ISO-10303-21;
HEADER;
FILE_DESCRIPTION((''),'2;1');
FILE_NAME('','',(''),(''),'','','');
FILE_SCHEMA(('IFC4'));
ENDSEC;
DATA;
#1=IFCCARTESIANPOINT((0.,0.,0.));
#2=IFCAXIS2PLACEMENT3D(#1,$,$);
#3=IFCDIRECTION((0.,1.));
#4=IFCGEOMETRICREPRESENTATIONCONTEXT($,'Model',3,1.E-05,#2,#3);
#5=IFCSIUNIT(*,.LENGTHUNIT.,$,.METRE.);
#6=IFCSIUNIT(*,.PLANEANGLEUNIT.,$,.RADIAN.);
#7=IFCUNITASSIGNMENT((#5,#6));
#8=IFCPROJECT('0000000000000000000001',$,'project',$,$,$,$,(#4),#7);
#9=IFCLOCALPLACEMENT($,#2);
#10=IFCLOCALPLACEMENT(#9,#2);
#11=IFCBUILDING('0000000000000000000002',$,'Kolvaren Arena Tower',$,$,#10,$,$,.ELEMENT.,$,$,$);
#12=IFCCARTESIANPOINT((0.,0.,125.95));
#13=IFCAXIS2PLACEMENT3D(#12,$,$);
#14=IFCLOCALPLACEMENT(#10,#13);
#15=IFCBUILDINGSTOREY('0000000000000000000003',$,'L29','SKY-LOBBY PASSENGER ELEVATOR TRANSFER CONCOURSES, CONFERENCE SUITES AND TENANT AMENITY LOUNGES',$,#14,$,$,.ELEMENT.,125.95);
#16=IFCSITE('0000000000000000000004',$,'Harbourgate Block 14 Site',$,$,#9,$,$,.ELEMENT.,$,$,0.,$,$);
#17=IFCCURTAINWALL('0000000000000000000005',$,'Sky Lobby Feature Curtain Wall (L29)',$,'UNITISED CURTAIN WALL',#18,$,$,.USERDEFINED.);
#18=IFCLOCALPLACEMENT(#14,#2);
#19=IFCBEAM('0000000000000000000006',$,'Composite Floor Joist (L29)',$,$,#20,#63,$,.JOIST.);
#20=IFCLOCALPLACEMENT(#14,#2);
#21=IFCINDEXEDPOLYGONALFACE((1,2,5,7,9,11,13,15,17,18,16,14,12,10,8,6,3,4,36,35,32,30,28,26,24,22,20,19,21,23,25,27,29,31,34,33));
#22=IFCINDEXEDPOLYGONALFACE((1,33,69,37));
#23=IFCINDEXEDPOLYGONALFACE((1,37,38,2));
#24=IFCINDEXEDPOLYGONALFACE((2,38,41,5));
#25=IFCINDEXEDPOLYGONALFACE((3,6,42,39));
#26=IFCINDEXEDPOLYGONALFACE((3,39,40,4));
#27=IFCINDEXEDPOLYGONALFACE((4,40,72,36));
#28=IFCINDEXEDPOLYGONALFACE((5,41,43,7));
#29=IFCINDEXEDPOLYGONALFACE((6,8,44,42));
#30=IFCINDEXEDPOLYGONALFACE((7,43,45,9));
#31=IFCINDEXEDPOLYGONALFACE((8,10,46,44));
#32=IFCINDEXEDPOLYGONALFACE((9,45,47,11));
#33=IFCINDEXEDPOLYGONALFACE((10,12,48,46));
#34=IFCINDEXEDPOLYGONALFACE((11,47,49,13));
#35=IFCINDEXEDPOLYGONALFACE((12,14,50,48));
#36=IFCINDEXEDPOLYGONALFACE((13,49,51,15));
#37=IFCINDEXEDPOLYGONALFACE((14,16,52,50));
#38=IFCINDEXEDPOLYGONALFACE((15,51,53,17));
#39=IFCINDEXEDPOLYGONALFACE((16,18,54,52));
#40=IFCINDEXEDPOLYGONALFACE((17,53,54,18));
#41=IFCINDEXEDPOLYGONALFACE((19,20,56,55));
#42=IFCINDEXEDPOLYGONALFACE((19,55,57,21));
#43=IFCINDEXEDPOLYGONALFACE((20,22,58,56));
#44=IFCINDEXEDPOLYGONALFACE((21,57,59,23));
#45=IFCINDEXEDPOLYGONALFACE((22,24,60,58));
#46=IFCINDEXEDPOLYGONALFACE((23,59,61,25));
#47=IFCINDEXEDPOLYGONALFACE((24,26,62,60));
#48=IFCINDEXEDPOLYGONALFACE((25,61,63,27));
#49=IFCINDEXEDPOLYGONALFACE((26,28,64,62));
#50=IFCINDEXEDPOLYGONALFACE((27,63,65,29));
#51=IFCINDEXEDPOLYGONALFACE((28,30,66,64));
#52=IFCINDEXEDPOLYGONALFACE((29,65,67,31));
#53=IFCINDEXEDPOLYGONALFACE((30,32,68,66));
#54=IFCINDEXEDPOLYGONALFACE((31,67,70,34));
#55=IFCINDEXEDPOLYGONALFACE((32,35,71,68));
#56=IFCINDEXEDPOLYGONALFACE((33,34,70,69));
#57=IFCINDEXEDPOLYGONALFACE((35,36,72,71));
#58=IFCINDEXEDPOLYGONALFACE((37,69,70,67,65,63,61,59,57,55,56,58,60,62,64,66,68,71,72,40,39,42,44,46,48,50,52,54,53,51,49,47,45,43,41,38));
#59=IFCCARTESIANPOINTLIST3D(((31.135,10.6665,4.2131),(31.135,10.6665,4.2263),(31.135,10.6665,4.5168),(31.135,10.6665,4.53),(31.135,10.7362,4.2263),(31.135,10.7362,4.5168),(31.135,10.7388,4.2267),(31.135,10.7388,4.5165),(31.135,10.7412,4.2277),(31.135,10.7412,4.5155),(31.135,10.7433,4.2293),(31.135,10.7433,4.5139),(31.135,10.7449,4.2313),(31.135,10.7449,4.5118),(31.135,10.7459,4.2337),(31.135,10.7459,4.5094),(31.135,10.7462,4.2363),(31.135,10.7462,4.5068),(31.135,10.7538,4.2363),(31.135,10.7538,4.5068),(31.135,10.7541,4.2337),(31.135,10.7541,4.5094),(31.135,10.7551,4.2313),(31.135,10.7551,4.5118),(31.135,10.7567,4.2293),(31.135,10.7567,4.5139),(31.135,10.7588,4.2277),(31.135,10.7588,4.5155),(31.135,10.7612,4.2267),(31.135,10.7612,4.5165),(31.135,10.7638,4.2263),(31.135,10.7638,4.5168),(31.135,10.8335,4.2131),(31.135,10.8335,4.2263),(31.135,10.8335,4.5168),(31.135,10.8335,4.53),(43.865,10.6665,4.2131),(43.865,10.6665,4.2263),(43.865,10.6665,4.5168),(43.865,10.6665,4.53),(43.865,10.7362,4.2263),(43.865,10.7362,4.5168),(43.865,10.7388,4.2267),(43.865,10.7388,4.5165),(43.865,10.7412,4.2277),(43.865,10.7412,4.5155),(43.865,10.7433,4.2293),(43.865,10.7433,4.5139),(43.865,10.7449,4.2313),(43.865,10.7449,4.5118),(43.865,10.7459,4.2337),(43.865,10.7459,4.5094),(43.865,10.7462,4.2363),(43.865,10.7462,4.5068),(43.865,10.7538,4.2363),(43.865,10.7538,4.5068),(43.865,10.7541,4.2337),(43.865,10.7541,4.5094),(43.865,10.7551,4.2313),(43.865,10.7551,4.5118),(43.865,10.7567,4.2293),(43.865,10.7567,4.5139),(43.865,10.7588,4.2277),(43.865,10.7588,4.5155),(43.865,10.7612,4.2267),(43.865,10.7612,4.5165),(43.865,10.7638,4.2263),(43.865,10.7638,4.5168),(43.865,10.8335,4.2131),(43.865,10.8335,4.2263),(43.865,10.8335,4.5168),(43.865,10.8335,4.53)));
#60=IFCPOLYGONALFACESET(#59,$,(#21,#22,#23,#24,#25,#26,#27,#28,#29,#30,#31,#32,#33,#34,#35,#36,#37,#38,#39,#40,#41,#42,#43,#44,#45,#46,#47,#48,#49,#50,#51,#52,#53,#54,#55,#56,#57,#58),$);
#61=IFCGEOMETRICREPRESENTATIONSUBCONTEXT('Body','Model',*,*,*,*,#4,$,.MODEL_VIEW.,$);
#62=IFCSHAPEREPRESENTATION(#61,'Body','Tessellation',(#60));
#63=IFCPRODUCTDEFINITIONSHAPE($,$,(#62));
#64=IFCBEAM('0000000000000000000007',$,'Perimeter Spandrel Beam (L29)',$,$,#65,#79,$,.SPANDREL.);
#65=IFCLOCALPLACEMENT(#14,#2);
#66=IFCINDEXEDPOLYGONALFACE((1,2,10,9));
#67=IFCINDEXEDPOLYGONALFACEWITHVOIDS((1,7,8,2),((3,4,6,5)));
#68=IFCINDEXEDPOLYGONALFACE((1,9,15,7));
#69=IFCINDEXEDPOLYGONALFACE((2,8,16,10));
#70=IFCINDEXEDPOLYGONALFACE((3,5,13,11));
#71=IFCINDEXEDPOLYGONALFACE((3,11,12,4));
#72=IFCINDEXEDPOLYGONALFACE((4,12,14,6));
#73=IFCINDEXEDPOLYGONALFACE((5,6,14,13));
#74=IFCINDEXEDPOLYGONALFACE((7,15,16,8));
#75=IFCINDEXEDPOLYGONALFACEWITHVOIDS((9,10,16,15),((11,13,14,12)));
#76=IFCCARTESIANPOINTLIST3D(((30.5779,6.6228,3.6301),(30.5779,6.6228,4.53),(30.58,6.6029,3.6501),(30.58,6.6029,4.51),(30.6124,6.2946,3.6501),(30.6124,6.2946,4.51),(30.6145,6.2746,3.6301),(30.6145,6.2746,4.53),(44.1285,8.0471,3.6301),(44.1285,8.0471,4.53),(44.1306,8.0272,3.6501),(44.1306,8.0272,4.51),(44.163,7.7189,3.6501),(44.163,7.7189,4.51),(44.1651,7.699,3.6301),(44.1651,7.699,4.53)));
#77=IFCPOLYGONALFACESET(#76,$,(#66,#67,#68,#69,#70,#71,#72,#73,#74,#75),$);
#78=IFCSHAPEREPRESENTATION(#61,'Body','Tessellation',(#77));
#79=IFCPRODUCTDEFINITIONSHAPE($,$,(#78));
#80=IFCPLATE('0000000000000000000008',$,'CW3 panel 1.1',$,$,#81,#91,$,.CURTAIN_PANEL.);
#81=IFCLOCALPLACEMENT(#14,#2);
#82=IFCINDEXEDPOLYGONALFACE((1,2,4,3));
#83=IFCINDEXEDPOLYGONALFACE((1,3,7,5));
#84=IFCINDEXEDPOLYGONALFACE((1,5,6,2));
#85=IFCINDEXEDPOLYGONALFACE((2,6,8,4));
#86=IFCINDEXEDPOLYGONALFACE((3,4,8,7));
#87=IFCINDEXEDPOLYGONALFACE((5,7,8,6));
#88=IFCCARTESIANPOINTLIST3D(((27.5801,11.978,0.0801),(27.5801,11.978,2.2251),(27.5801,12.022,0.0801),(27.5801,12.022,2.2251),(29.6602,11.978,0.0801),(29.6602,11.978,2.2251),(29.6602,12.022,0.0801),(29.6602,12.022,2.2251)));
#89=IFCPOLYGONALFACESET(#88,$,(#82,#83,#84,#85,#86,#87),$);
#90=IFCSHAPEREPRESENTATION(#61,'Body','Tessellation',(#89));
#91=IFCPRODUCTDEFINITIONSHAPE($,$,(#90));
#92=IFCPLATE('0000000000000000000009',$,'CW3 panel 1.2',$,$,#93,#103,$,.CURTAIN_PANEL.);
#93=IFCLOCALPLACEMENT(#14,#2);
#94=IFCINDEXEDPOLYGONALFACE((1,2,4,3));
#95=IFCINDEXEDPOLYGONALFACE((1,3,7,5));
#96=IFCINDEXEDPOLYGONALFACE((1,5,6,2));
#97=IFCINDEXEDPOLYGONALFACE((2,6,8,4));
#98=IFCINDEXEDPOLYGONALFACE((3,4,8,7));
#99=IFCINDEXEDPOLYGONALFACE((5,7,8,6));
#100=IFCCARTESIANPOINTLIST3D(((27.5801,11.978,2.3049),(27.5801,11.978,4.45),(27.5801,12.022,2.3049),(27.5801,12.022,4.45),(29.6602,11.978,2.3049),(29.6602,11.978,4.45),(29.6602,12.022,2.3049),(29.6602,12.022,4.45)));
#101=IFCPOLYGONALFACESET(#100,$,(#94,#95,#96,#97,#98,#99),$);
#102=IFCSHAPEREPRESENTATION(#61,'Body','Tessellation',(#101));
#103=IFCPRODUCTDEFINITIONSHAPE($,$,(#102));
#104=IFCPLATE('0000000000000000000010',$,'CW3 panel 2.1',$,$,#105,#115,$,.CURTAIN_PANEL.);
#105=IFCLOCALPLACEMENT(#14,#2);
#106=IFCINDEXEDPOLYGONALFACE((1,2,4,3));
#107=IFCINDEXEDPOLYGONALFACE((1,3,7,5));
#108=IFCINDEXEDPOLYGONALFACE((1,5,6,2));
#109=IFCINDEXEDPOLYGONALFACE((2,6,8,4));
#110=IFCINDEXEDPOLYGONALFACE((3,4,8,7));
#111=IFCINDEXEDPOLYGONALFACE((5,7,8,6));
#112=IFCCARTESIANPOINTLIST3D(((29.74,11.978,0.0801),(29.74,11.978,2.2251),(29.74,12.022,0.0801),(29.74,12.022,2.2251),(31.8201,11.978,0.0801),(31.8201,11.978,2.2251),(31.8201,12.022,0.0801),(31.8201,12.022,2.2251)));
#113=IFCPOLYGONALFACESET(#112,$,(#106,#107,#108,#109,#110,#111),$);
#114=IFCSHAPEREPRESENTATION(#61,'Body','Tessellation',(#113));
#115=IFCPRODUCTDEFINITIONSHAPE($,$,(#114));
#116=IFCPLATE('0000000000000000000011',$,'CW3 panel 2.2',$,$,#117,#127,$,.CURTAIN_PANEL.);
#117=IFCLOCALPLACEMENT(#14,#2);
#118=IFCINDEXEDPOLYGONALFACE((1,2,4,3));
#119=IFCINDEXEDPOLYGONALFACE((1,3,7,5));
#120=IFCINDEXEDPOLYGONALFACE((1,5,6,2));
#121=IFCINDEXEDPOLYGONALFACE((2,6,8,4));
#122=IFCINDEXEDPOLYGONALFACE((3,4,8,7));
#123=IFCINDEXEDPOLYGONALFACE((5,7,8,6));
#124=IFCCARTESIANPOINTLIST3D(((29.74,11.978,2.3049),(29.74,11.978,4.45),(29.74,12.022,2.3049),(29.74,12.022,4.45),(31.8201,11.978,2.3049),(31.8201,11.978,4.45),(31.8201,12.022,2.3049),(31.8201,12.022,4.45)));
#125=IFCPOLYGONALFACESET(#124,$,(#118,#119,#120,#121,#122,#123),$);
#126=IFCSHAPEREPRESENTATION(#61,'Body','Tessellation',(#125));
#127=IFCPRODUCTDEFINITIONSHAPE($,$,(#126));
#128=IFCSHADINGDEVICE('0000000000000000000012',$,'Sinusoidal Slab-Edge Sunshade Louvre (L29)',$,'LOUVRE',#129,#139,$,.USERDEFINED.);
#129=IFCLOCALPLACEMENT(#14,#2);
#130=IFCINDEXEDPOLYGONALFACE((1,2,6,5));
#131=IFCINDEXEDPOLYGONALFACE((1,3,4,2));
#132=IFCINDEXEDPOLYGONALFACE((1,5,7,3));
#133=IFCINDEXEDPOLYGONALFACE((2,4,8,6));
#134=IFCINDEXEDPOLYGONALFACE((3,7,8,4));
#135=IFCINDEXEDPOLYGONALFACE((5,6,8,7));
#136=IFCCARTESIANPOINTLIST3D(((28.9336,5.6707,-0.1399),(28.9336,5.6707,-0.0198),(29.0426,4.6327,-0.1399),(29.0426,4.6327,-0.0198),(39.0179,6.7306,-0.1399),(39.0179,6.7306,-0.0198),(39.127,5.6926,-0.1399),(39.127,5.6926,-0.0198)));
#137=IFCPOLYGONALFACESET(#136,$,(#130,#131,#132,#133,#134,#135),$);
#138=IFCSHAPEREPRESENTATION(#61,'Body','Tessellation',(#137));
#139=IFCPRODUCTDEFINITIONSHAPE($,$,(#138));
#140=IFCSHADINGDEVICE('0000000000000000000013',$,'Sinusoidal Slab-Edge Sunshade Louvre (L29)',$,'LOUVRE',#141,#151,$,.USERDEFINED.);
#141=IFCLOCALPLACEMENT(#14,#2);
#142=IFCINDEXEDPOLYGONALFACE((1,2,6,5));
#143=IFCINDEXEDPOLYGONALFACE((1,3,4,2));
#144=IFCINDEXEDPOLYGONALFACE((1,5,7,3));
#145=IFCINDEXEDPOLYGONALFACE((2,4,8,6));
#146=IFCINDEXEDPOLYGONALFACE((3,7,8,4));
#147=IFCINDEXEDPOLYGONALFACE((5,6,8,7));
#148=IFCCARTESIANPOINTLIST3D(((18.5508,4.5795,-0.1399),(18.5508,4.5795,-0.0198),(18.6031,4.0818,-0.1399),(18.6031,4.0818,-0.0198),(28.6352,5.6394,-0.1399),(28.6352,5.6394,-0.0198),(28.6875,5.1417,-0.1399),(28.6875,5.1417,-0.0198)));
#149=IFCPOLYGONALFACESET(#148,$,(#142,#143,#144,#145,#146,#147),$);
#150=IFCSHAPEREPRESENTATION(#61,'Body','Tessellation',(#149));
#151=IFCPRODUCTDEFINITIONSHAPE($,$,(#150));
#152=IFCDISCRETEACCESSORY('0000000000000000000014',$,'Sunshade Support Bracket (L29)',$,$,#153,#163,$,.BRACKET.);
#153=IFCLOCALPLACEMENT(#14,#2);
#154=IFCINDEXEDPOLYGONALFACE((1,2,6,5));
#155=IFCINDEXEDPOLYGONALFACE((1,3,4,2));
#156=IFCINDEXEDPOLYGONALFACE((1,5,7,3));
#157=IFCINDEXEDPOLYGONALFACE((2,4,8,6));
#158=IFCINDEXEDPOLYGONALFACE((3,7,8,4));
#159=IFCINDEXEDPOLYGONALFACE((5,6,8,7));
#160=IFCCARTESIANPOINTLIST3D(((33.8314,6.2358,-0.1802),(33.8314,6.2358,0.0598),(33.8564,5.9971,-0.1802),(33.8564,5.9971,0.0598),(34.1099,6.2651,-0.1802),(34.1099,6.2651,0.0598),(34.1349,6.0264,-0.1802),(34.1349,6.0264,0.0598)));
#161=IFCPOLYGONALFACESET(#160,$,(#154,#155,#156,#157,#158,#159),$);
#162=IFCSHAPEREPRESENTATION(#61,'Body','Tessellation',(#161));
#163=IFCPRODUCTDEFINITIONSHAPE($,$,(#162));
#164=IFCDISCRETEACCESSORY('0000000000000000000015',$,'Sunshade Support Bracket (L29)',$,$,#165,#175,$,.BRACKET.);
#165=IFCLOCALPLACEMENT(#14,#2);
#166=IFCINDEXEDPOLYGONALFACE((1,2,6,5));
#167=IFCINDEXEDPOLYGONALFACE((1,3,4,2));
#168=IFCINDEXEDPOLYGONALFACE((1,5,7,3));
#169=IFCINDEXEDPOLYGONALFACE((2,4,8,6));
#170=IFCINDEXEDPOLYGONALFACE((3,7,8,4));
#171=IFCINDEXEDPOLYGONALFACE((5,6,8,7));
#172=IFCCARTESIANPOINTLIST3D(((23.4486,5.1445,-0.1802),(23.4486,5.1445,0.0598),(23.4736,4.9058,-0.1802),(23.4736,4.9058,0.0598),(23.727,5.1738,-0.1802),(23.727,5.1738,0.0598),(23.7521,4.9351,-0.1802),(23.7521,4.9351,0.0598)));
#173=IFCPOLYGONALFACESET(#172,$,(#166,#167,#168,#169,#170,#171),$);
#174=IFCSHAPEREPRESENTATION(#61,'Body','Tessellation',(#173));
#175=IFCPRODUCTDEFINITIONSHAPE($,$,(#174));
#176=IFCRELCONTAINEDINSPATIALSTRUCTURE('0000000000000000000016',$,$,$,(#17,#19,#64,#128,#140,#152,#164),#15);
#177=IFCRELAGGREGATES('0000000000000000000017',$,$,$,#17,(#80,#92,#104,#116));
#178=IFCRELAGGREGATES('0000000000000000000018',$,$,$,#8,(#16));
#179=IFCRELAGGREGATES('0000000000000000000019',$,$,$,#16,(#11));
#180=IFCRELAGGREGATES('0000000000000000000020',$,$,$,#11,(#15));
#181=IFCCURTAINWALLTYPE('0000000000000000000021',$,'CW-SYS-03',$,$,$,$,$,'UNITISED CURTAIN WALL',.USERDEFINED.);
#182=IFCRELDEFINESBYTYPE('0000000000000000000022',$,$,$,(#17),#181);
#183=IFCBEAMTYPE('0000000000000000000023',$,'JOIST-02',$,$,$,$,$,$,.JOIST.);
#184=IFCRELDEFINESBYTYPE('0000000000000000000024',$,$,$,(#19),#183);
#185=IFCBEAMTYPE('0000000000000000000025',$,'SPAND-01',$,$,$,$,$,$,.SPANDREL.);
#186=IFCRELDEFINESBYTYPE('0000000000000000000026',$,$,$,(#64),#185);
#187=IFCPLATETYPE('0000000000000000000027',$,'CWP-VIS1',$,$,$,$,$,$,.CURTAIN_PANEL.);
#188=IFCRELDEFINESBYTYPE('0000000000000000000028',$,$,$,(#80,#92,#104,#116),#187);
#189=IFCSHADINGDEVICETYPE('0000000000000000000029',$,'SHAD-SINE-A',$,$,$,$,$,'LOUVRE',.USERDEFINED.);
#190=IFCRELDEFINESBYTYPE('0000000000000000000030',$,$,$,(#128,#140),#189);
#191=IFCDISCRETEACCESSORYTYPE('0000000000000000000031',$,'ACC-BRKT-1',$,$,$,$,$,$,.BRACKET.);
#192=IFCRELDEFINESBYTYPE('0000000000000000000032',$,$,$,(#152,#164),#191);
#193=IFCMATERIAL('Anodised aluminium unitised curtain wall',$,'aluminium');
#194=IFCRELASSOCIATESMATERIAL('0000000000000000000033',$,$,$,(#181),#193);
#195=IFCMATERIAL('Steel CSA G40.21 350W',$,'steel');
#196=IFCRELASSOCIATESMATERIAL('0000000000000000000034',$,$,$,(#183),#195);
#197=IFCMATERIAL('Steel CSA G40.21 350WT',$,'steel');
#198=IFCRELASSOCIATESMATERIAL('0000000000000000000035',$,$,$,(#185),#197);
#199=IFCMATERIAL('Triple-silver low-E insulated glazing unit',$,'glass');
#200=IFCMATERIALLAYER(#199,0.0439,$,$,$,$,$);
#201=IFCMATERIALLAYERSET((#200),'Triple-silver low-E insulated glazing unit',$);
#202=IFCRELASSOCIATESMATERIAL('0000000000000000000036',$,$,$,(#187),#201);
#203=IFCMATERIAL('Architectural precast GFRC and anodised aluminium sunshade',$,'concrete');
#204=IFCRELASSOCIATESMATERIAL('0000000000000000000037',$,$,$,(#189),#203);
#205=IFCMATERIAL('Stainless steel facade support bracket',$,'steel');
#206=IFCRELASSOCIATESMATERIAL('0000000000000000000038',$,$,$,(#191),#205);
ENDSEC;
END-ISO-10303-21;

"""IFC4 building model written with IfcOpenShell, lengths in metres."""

from ifc_helpers import new_model, si_unit, direction, frame, origin, origin_2d, place, context, subcontext, project, spatial, rectangle, hollow_rectangle, i_section, extrude, material, layer, layer_set, material_profile, profile_set, type_object, element, aggregate, save


model = new_model("IFC4")

# Units and contexts
model_context = context("Model", 3, precision=1e-05, world=origin(), true_north=direction((0.0, 1.0)))
body_context = subcontext(model_context, "Body", "Model", "MODEL_VIEW")
ifc_project = project(units=[si_unit("LENGTHUNIT", "METRE"), si_unit("PLANEANGLEUNIT", "RADIAN")], contexts=[model_context])

# Site, building, storey
site_placement = place(None, origin())
site = spatial("IfcSite", under=ifc_project, at=site_placement, Name="Harbourgate Block 14 Site", CompositionType="ELEMENT", RefElevation=0.0)
building_placement = place(site_placement, origin())
building = spatial("IfcBuilding", under=site, at=building_placement, Name="Kolvaren Arena Tower", CompositionType="ELEMENT")
storey_placement = place(building_placement, frame((0.0, 0.0, 125.95)))
storey = spatial("IfcBuildingStorey", under=building, at=storey_placement, Name="L29", Description="SKY-LOBBY PASSENGER ELEVATOR TRANSFER CONCOURSES, CONFERENCE SUITES AND TENANT AMENITY LOUNGES", CompositionType="ELEMENT", Elevation=125.95)

# Shared definitions
ifc_material_1 = material(Name="Steel CSA G40.21 350W", Category="steel")

# Curtain wall
ifc_material_2 = material(Name="Anodised aluminium unitised curtain wall", Category="aluminium")
curtain_wall_type = type_object("IfcCurtainWallType", Name="CW-SYS-03", ElementType="UNITISED CURTAIN WALL", PredefinedType="USERDEFINED", material=ifc_material_2)
curtain_wall_placement = place(storey_placement, origin())
curtain_wall = element("IfcCurtainWall", 1, at=curtain_wall_placement, inside=storey, type_object=curtain_wall_type, Name="Sky Lobby Feature Curtain Wall (L29)", ObjectType="UNITISED CURTAIN WALL", PredefinedType="USERDEFINED")

# Beams
ifc_material_profile_1 = material_profile(ifc_material_1, i_section(OverallWidth=0.167, OverallDepth=0.3169, WebThickness=0.0076, FlangeThickness=0.0132, FilletRadius=0.01, at=origin_2d()), Name="W310x52")
ifc_profile_set_1 = profile_set([ifc_material_profile_1], Name="Steel CSA G40.21 350W")
beam_type_1 = type_object("IfcBeamType", Name="JOIST-02", PredefinedType="JOIST", material=ifc_profile_set_1)
beam_1_placement = place(storey_placement, frame((31.135, 10.75, 4.3716), z_axis=(1.0, 0.0, 0.0), x_axis=(0.0, 1.0, 0.0)))
element("IfcBeam", 2, at=beam_1_placement, inside=storey, type_object=beam_type_1, Name="Composite Floor Joist (L29)", PredefinedType="JOIST", context=body_context, shape_type="SweptSolid", body=[
    extrude(i_section(OverallWidth=0.167, OverallDepth=0.3169, WebThickness=0.0076, FlangeThickness=0.0132, FilletRadius=0.01, at=origin_2d()), origin(), (0.0, 0.0, 1.0), 12.73),
])
ifc_material_3 = material(Name="Steel CSA G40.21 350WT", Category="steel")
ifc_material_profile_2 = material_profile(ifc_material_3, hollow_rectangle(XDim=0.3501, YDim=0.8999, WallThickness=0.02, at=origin_2d()), Name="HSS 900x350x20")
ifc_profile_set_2 = profile_set([ifc_material_profile_2], Name="Steel CSA G40.21 350WT")
beam_type_2 = type_object("IfcBeamType", Name="SPAND-01", PredefinedType="SPANDREL", material=ifc_profile_set_2)
beam_2_placement = place(storey_placement, frame((30.5962, 6.4487, 4.0801), z_axis=(0.994521, 0.104536, 0.0), x_axis=(-0.104536, 0.994521, 0.0)))
element("IfcBeam", 3, at=beam_2_placement, inside=storey, type_object=beam_type_2, Name="Perimeter Spandrel Beam (L29)", PredefinedType="SPANDREL", context=body_context, shape_type="SweptSolid", body=[
    extrude(hollow_rectangle(XDim=0.3501, YDim=0.8999, WallThickness=0.02, at=origin_2d()), origin(), (0.0, 0.0, 1.0), 13.6252),
])

# Plates
ifc_material_4 = material(Name="Triple-silver low-E insulated glazing unit", Category="glass")
ifc_layer = layer(ifc_material_4, 0.0439)
ifc_layer_set = layer_set([ifc_layer], Name="Triple-silver low-E insulated glazing unit")
plate_type = type_object("IfcPlateType", Name="CWP-VIS1", PredefinedType="CURTAIN_PANEL", material=ifc_layer_set)
plate_1_placement = place(storey_placement, frame((28.6201, 12.0, 0.0801), z_axis=(0.0, 0.0, 1.0), x_axis=(1.0, 0.0, 0.0)))
plate_1 = element("IfcPlate", 4, at=plate_1_placement, type_object=plate_type, Name="CW3 panel 1.1", PredefinedType="CURTAIN_PANEL", context=body_context, shape_type="SweptSolid", body=[
    extrude(rectangle(XDim=2.0801, YDim=0.0439, at=origin_2d()), origin(), (0.0, 0.0, 1.0), 2.145),
])
plate_2_placement = place(storey_placement, frame((28.6201, 12.0, 2.3049), z_axis=(0.0, 0.0, 1.0), x_axis=(1.0, 0.0, 0.0)))
plate_2 = element("IfcPlate", 5, at=plate_2_placement, type_object=plate_type, Name="CW3 panel 1.2", PredefinedType="CURTAIN_PANEL", context=body_context, shape_type="SweptSolid", body=[
    extrude(rectangle(XDim=2.0801, YDim=0.0439, at=origin_2d()), origin(), (0.0, 0.0, 1.0), 2.145),
])
plate_3_placement = place(storey_placement, frame((30.78, 12.0, 0.0801), z_axis=(0.0, 0.0, 1.0), x_axis=(1.0, 0.0, 0.0)))
plate_3 = element("IfcPlate", 6, at=plate_3_placement, type_object=plate_type, Name="CW3 panel 2.1", PredefinedType="CURTAIN_PANEL", context=body_context, shape_type="SweptSolid", body=[
    extrude(rectangle(XDim=2.0801, YDim=0.0439, at=origin_2d()), origin(), (0.0, 0.0, 1.0), 2.145),
])
plate_4_placement = place(storey_placement, frame((30.78, 12.0, 2.3049), z_axis=(0.0, 0.0, 1.0), x_axis=(1.0, 0.0, 0.0)))
plate_4 = element("IfcPlate", 7, at=plate_4_placement, type_object=plate_type, Name="CW3 panel 2.2", PredefinedType="CURTAIN_PANEL", context=body_context, shape_type="SweptSolid", body=[
    extrude(rectangle(XDim=2.0801, YDim=0.0439, at=origin_2d()), origin(), (0.0, 0.0, 1.0), 2.145),
])
aggregate(curtain_wall, [plate_1, plate_2, plate_3, plate_4])

# Shading devices
ifc_material_5 = material(Name="Architectural precast GFRC and anodised aluminium sunshade", Category="concrete")
shading_device_type = type_object("IfcShadingDeviceType", Name="SHAD-SINE-A", ElementType="LOUVRE", PredefinedType="USERDEFINED", material=ifc_material_5)
shading_device_1_placement = place(storey_placement, frame((34.0303, 5.6816, -0.1399), z_axis=(0.0, 0.0, 1.0), x_axis=(-0.994522, -0.104527, 0.0)))
element("IfcShadingDevice", 8, at=shading_device_1_placement, inside=storey, type_object=shading_device_type, Name="Sinusoidal Slab-Edge Sunshade Louvre (L29)", ObjectType="LOUVRE", PredefinedType="USERDEFINED", context=body_context, shape_type="SweptSolid", body=[
    extrude(rectangle(XDim=10.1399, YDim=1.0437, at=origin_2d()), origin(), (0.0, 0.0, 1.0), 0.1201),
])
shading_device_2_placement = place(storey_placement, frame((23.6191, 4.8606, -0.1399), z_axis=(0.0, 0.0, 1.0), x_axis=(-0.994522, -0.104527, 0.0)))
element("IfcShadingDevice", 9, at=shading_device_2_placement, inside=storey, type_object=shading_device_type, Name="Sinusoidal Slab-Edge Sunshade Louvre (L29)", ObjectType="LOUVRE", PredefinedType="USERDEFINED", context=body_context, shape_type="SweptSolid", body=[
    extrude(rectangle(XDim=10.1399, YDim=0.5005, at=origin_2d()), origin(), (0.0, 0.0, 1.0), 0.1201),
])

# Discrete accessories
ifc_material_6 = material(Name="Stainless steel facade support bracket", Category="steel")
discrete_accessory_type = type_object("IfcDiscreteAccessoryType", Name="ACC-BRKT-1", PredefinedType="BRACKET", material=ifc_material_6)
for number, where, z_axis, x_axis, name in (
    (10, (33.9832, 6.1311, -0.1802), (0.0, 0.0, 1.0), (-0.994522, -0.104527, 0.0), "Sunshade Support Bracket (L29)"),
    (11, (23.6003, 5.0398, -0.1802), (0.0, 0.0, 1.0), (-0.994522, -0.104527, 0.0), "Sunshade Support Bracket (L29)"),
):
    element("IfcDiscreteAccessory", number, at=place(storey_placement, frame(where, z_axis=z_axis, x_axis=x_axis)), inside=storey, type_object=discrete_accessory_type, Name=name, PredefinedType="BRACKET", context=body_context, shape_type="SweptSolid", body=[
        extrude(rectangle(XDim=0.28, YDim=0.24, at=origin_2d()), origin(), (0.0, 0.0, 1.0), 0.24),
    ])

save(model, "model.ifc")
